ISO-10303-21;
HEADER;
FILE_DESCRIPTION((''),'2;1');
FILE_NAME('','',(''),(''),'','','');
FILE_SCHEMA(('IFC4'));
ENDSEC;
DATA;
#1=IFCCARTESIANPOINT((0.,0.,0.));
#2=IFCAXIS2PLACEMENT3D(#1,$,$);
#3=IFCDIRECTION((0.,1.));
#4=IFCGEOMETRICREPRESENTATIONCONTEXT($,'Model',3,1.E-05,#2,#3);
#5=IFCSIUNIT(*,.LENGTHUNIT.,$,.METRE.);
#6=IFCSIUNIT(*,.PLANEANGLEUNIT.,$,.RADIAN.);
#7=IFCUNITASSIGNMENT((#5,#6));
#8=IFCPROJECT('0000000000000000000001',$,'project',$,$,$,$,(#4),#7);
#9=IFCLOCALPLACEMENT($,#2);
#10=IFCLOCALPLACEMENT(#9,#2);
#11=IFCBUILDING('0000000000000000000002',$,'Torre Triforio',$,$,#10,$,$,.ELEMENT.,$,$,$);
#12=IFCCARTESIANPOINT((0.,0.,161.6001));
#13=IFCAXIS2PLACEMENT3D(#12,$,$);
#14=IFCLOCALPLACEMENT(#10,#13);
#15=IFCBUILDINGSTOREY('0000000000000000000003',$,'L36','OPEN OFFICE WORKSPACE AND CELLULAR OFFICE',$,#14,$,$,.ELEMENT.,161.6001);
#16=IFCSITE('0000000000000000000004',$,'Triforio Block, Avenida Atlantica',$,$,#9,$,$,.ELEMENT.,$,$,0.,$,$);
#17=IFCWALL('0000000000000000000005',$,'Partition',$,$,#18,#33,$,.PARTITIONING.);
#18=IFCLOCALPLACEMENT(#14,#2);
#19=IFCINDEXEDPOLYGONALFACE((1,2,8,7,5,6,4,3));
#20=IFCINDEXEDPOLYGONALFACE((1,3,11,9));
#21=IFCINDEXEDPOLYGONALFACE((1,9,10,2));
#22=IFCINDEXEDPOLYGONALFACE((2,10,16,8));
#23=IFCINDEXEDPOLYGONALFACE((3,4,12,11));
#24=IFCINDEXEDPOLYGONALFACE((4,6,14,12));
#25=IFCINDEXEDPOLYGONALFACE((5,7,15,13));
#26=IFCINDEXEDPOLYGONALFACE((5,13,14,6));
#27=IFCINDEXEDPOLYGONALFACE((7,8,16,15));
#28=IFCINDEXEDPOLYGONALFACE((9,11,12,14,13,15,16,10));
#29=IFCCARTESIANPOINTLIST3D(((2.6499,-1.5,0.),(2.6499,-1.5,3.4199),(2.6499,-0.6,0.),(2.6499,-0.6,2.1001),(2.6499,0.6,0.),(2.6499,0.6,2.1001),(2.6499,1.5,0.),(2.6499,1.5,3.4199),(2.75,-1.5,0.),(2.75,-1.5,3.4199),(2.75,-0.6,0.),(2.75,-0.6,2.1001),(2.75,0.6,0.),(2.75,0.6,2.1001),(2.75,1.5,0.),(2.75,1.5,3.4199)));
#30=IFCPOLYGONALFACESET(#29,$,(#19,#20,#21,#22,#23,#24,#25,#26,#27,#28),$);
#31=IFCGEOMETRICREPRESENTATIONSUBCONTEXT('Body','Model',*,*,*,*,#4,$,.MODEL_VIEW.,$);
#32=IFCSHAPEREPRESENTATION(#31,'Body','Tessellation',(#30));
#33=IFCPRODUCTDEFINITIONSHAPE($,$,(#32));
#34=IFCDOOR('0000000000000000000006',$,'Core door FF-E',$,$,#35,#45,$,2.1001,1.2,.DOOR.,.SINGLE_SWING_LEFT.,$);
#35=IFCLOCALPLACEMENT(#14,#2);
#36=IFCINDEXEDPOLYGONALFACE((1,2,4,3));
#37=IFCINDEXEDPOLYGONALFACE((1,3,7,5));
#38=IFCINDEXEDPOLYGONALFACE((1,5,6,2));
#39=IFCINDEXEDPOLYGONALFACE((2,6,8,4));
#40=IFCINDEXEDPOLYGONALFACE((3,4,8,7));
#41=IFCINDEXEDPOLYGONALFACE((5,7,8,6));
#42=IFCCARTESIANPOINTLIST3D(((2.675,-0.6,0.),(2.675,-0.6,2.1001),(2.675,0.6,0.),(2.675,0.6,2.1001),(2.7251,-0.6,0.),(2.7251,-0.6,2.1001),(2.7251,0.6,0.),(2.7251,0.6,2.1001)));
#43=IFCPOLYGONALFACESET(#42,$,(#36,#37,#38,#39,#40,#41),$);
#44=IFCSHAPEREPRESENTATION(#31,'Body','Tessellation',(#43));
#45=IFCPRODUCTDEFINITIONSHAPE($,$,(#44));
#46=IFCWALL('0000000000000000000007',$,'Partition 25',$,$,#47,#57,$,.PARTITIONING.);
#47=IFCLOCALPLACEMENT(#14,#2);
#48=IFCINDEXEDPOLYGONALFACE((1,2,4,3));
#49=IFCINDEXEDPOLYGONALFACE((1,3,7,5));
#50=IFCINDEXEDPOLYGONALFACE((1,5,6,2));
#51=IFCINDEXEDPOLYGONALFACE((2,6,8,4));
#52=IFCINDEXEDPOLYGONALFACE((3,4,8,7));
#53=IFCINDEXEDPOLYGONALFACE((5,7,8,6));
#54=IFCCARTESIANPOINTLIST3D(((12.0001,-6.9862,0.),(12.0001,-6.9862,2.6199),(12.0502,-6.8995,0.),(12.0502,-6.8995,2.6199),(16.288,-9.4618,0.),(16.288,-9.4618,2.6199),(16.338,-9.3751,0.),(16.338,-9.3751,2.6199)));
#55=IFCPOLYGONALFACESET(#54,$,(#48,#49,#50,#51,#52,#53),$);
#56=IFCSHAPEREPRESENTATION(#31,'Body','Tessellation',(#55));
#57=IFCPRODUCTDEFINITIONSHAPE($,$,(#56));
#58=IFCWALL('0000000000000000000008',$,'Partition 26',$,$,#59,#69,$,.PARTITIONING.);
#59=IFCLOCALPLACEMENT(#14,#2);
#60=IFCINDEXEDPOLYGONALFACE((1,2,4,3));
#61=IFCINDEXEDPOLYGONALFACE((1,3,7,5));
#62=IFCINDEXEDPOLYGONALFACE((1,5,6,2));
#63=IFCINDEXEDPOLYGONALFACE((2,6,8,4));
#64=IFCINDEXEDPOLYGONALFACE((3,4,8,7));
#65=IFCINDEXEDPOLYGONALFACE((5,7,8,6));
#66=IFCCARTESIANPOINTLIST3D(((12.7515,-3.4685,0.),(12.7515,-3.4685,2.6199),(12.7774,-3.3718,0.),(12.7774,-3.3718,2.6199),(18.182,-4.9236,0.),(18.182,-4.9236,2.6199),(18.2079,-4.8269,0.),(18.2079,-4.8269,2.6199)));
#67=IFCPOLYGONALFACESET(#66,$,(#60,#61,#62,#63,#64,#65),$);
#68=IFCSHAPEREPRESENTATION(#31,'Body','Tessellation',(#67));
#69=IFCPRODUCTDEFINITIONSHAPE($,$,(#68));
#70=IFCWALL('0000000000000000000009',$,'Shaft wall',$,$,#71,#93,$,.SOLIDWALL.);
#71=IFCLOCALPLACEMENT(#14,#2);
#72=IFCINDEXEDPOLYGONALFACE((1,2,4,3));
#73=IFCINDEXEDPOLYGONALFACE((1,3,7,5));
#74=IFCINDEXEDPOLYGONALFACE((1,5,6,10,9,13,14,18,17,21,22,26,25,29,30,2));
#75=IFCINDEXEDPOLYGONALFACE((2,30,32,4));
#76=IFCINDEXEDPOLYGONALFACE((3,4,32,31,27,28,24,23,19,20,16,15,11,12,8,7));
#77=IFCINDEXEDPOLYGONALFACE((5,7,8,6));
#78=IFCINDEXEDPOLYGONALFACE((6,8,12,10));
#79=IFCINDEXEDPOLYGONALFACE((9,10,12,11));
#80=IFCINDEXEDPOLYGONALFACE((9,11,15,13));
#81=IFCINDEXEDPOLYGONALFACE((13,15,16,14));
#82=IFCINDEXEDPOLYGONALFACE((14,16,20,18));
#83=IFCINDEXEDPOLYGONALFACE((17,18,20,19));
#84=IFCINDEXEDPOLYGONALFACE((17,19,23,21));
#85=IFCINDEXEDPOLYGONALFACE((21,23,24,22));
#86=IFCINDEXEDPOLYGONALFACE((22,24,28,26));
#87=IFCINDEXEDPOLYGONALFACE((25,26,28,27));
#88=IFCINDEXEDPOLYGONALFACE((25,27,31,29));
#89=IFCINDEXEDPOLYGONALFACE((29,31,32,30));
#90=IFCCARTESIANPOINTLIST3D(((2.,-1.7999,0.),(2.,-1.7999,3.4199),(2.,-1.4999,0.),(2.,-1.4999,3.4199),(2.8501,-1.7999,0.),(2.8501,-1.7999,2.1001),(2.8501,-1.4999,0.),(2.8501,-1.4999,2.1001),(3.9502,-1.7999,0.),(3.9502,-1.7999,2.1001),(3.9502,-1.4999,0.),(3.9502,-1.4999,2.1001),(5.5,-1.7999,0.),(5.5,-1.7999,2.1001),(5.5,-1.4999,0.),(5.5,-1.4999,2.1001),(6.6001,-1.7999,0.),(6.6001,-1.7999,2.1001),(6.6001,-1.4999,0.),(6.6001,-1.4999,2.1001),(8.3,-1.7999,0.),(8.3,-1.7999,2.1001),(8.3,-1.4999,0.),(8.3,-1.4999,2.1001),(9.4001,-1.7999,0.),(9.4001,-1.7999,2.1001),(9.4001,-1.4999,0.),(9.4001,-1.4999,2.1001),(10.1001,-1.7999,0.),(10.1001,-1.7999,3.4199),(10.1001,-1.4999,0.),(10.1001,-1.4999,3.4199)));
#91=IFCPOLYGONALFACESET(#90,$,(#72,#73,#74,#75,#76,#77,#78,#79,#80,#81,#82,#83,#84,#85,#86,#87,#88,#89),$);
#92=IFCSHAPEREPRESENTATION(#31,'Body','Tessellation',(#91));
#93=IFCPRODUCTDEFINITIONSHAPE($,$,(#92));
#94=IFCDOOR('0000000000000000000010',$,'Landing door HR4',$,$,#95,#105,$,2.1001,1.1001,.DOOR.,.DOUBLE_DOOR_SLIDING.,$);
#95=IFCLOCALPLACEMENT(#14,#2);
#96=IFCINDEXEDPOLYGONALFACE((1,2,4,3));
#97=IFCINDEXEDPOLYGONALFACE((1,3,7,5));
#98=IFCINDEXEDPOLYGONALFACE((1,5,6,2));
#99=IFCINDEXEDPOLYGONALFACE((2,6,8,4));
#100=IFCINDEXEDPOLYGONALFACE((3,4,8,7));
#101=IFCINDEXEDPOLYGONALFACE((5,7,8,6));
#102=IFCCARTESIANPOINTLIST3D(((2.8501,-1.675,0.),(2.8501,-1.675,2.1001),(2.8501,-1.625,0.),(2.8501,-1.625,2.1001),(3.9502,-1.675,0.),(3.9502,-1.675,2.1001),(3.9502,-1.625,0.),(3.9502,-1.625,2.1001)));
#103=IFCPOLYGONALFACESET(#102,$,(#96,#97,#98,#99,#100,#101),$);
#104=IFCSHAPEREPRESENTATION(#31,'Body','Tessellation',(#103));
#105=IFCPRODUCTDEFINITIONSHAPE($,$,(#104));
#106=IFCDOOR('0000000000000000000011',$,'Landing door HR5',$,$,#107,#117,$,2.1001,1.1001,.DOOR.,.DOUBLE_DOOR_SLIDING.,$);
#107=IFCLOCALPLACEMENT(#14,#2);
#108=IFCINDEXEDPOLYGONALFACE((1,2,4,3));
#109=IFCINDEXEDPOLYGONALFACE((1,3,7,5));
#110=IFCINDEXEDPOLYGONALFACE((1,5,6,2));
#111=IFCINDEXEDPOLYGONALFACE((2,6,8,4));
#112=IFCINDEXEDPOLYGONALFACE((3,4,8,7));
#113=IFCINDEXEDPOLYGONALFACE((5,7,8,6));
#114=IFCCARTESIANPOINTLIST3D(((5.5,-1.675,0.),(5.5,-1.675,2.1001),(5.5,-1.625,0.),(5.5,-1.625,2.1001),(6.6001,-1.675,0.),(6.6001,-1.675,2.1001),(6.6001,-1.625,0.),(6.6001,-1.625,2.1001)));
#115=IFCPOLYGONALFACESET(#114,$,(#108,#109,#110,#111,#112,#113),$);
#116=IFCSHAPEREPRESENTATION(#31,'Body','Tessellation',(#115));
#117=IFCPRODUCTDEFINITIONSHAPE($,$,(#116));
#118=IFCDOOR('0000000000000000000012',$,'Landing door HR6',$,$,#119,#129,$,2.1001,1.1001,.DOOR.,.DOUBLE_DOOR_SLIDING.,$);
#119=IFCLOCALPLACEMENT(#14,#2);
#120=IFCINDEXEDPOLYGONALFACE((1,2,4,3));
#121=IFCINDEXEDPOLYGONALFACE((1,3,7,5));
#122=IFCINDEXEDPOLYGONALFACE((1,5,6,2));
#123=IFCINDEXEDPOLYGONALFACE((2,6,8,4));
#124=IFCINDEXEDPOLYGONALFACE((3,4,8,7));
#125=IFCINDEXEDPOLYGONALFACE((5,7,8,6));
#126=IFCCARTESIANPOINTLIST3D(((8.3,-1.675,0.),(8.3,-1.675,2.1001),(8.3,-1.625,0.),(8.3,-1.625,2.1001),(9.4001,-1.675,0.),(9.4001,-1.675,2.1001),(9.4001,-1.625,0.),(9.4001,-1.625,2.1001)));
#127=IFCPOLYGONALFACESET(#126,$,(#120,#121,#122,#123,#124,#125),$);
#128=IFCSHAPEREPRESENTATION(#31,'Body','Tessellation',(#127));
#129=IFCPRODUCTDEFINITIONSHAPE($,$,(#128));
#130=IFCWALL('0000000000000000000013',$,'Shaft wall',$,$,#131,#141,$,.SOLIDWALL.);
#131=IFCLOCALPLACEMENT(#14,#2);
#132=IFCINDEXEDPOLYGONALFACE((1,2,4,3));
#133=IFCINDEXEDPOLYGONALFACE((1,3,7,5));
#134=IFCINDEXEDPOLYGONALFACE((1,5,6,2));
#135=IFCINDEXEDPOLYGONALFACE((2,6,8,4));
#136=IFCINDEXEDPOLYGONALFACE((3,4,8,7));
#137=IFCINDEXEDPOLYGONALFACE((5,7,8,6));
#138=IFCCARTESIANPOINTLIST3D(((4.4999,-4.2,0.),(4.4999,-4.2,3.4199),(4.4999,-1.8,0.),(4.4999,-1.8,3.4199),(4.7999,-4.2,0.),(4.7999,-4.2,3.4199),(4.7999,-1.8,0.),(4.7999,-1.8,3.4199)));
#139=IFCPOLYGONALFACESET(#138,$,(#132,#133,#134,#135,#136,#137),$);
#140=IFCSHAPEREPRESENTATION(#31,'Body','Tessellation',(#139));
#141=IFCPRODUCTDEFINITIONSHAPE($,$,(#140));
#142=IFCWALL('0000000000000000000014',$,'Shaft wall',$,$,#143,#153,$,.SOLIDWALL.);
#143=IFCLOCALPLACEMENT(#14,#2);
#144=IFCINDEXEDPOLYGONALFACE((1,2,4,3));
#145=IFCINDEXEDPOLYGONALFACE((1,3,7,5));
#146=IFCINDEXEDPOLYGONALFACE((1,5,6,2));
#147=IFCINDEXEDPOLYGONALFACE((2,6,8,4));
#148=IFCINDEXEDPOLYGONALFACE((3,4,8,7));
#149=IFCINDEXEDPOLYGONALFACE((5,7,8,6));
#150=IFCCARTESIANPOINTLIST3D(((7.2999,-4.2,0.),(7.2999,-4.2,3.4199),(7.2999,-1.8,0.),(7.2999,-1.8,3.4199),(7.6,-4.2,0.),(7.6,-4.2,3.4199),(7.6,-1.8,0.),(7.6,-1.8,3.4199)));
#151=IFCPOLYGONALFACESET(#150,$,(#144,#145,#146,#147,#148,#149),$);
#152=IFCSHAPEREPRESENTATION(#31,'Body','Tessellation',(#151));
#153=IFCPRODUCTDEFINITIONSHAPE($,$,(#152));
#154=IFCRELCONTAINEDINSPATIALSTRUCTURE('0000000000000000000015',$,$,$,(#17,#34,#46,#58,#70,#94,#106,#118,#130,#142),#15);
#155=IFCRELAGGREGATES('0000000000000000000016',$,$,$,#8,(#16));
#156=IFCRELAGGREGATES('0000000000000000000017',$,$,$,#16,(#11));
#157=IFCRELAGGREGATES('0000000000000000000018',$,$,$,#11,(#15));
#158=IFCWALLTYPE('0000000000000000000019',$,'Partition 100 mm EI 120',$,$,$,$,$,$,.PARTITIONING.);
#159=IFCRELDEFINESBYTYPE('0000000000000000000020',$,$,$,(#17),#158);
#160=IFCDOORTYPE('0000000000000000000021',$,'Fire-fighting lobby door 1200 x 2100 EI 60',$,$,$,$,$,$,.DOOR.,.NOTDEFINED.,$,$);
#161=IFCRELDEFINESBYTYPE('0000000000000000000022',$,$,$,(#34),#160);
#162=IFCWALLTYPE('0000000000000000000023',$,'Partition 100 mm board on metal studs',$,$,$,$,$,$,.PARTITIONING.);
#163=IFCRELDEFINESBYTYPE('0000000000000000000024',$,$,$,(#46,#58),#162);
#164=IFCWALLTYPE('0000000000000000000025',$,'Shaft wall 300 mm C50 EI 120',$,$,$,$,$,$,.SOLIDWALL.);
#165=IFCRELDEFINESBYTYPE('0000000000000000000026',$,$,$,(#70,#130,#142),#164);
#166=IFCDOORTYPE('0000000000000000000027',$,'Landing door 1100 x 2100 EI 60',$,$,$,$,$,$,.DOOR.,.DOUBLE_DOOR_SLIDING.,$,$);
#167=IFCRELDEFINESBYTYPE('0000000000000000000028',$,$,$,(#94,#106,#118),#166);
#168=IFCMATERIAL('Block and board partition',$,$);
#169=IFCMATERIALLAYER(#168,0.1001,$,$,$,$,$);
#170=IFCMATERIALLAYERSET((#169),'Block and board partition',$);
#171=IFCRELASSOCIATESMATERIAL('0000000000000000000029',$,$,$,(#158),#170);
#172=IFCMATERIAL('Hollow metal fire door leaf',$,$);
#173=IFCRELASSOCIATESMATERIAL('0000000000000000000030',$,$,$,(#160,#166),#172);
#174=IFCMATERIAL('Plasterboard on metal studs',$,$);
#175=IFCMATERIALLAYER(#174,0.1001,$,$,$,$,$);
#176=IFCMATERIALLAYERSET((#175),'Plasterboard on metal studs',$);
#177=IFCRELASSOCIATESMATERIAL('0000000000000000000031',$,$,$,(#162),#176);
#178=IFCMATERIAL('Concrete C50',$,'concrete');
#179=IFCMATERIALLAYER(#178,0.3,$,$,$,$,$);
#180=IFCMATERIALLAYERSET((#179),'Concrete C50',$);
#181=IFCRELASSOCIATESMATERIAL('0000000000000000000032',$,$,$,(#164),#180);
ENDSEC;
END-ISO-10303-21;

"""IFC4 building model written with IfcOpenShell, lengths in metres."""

from ifc_helpers import new_model, si_unit, direction, frame, frame_2d, origin, place, context, subcontext, project, spatial, rectangle, extrude, material, layer, layer_set, type_object, element, fill, save


model = new_model("IFC4")

# Units and contexts
model_context = context("Model", 3, precision=1e-05, world=origin(), true_north=direction((0.0, 1.0)))
body_context = subcontext(model_context, "Body", "Model", "MODEL_VIEW")
ifc_project = project(units=[si_unit("LENGTHUNIT", "METRE"), si_unit("PLANEANGLEUNIT", "RADIAN")], contexts=[model_context])

# Site, building, storey
site_placement = place(None, origin())
site = spatial("IfcSite", under=ifc_project, at=site_placement, Name="Triforio Block, Avenida Atlantica", CompositionType="ELEMENT", RefElevation=0.0)
building_placement = place(site_placement, origin())
building = spatial("IfcBuilding", under=site, at=building_placement, Name="Torre Triforio", CompositionType="ELEMENT")
storey_placement = place(building_placement, frame((0.0, 0.0, 161.6001)))
storey = spatial("IfcBuildingStorey", under=building, at=storey_placement, Name="L36", Description="OPEN OFFICE WORKSPACE AND CELLULAR OFFICE", CompositionType="ELEMENT", Elevation=161.6001)

# Shared definitions
ifc_material_1 = material(Name="Concrete C50", Category="concrete")

# Wall, opening, door
ifc_material_2 = material(Name="Hollow metal fire door leaf")
ifc_material_3 = material(Name="Plasterboard on metal studs")
ifc_material_4 = material(Name="Block and board partition")
ifc_layer_1 = layer(ifc_material_4, 0.1001)
ifc_layer_set_1 = layer_set([ifc_layer_1], Name="Block and board partition")
wall_type_1 = type_object("IfcWallType", Name="Partition 100 mm EI 120", PredefinedType="PARTITIONING", material=ifc_layer_set_1)
wall_1_placement = place(storey_placement, frame((2.7, -1.5, 0.0), z_axis=(0.0, 0.0, 1.0), x_axis=(0.0, 1.0, 0.0)))
wall_1 = element("IfcWall", 1, at=wall_1_placement, inside=storey, type_object=wall_type_1, Name="Partition", PredefinedType="PARTITIONING", context=body_context, shape_type="SweptSolid", body=[
    extrude(rectangle(XDim=3.0, YDim=0.1001, at=frame_2d((1.5, 0.0))), origin(), (0.0, 0.0, 1.0), 3.4199),
])
opening_1_placement = place(wall_1_placement, frame((0.8999, 0.0, 0.0)))
opening_1 = element("IfcOpeningElement", 2, at=opening_1_placement, cuts=wall_1, PredefinedType="OPENING", context=body_context, shape_type="SweptSolid", body=[
    extrude(rectangle(XDim=1.2, YDim=2.1001, at=frame_2d((0.6001, 1.05))), frame((0.0, 0.0601, 0.0), z_axis=(0.0, -1.0, 0.0), x_axis=(1.0, 0.0, 0.0)), (0.0, 0.0, 1.0), 0.1201),
])
door_type_1 = type_object("IfcDoorType", Name="Fire-fighting lobby door 1200 x 2100 EI 60", OperationType="NOTDEFINED", PredefinedType="DOOR", material=ifc_material_2)
door_1_placement = place(opening_1_placement, origin())
door_1 = element("IfcDoor", 3, at=door_1_placement, inside=storey, type_object=door_type_1, Name="Core door FF-E", OperationType="SINGLE_SWING_LEFT", OverallHeight=2.1001, OverallWidth=1.2, PredefinedType="DOOR", context=body_context, shape_type="SweptSolid", body=[
    extrude(rectangle(XDim=1.2, YDim=2.1001, at=frame_2d((0.6001, 1.05))), frame((0.0, 0.0249, 0.0), z_axis=(0.0, -1.0, 0.0), x_axis=(1.0, 0.0, 0.0)), (0.0, 0.0, 1.0), 0.05),
])
fill(opening_1, door_1)

# Walls
ifc_layer_2 = layer(ifc_material_3, 0.1001)
ifc_layer_set_2 = layer_set([ifc_layer_2], Name="Plasterboard on metal studs")
wall_type_2 = type_object("IfcWallType", Name="Partition 100 mm board on metal studs", PredefinedType="PARTITIONING", material=ifc_layer_set_2)
wall_2_placement = place(storey_placement, frame((12.0251, -6.9429, 0.0), z_axis=(0.0, 0.0, 1.0), x_axis=(0.866025, -0.5, 0.0)))
element("IfcWall", 4, at=wall_2_placement, inside=storey, type_object=wall_type_2, Name="Partition 25", PredefinedType="PARTITIONING", context=body_context, shape_type="SweptSolid", body=[
    extrude(rectangle(XDim=4.9512, YDim=0.1001, at=frame_2d((2.4756, 0.0))), origin(), (0.0, 0.0, 1.0), 2.6199),
])
wall_3_placement = place(storey_placement, frame((12.7644, -3.4202, 0.0), z_axis=(0.0, 0.0, 1.0), x_axis=(0.965926, -0.258819, 0.0)))
element("IfcWall", 5, at=wall_3_placement, inside=storey, type_object=wall_type_2, Name="Partition 26", PredefinedType="PARTITIONING", context=body_context, shape_type="SweptSolid", body=[
    extrude(rectangle(XDim=5.6221, YDim=0.1001, at=frame_2d((2.811, 0.0))), origin(), (0.0, 0.0, 1.0), 2.6199),
])

# Wall, openings, doors
ifc_layer_3 = layer(ifc_material_1, 0.3)
ifc_layer_set_3 = layer_set([ifc_layer_3], Name="Concrete C50")
wall_type_3 = type_object("IfcWallType", Name="Shaft wall 300 mm C50 EI 120", PredefinedType="SOLIDWALL", material=ifc_layer_set_3)
wall_4_placement = place(storey_placement, frame((2.0, -1.6499, 0.0), z_axis=(0.0, 0.0, 1.0), x_axis=(1.0, 0.0, 0.0)))
wall_4 = element("IfcWall", 6, at=wall_4_placement, inside=storey, type_object=wall_type_3, Name="Shaft wall", PredefinedType="SOLIDWALL", context=body_context, shape_type="SweptSolid", body=[
    extrude(rectangle(XDim=8.1001, YDim=0.3, at=frame_2d((4.05, 0.0))), origin(), (0.0, 0.0, 1.0), 3.4199),
])
opening_2_placement = place(wall_4_placement, frame((0.8501, 0.0, 0.0)))
opening_2 = element("IfcOpeningElement", 7, at=opening_2_placement, cuts=wall_4, PredefinedType="OPENING", context=body_context, shape_type="SweptSolid", body=[
    extrude(rectangle(XDim=1.1001, YDim=2.1001, at=frame_2d((0.55, 1.05))), frame((0.0, 0.1599, 0.0), z_axis=(0.0, -1.0, 0.0), x_axis=(1.0, 0.0, 0.0)), (0.0, 0.0, 1.0), 0.3201),
])
opening_3_placement = place(wall_4_placement, frame((3.5, 0.0, 0.0)))
opening_3 = element("IfcOpeningElement", 8, at=opening_3_placement, cuts=wall_4, PredefinedType="OPENING", context=body_context, shape_type="SweptSolid", body=[
    extrude(rectangle(XDim=1.1001, YDim=2.1001, at=frame_2d((0.55, 1.05))), frame((0.0, 0.1599, 0.0), z_axis=(0.0, -1.0, 0.0), x_axis=(1.0, 0.0, 0.0)), (0.0, 0.0, 1.0), 0.3201),
])
opening_4_placement = place(wall_4_placement, frame((6.3, 0.0, 0.0)))
opening_4 = element("IfcOpeningElement", 9, at=opening_4_placement, cuts=wall_4, PredefinedType="OPENING", context=body_context, shape_type="SweptSolid", body=[
    extrude(rectangle(XDim=1.1001, YDim=2.1001, at=frame_2d((0.55, 1.05))), frame((0.0, 0.1599, 0.0), z_axis=(0.0, -1.0, 0.0), x_axis=(1.0, 0.0, 0.0)), (0.0, 0.0, 1.0), 0.3201),
])
door_type_2 = type_object("IfcDoorType", Name="Landing door 1100 x 2100 EI 60", OperationType="DOUBLE_DOOR_SLIDING", PredefinedType="DOOR", material=ifc_material_2)
door_2_placement = place(opening_2_placement, origin())
door_2 = element("IfcDoor", 10, at=door_2_placement, inside=storey, type_object=door_type_2, Name="Landing door HR4", OperationType="DOUBLE_DOOR_SLIDING", OverallHeight=2.1001, OverallWidth=1.1001, PredefinedType="DOOR", context=body_context, shape_type="SweptSolid", body=[
    extrude(rectangle(XDim=1.1001, YDim=2.1001, at=frame_2d((0.55, 1.05))), frame((0.0, 0.0249, 0.0), z_axis=(0.0, -1.0, 0.0), x_axis=(1.0, 0.0, 0.0)), (0.0, 0.0, 1.0), 0.05),
])
fill(opening_2, door_2)
door_3_placement = place(opening_3_placement, origin())
door_3 = element("IfcDoor", 11, at=door_3_placement, inside=storey, type_object=door_type_2, Name="Landing door HR5", OperationType="DOUBLE_DOOR_SLIDING", OverallHeight=2.1001, OverallWidth=1.1001, PredefinedType="DOOR", context=body_context, shape_type="SweptSolid", body=[
    extrude(rectangle(XDim=1.1001, YDim=2.1001, at=frame_2d((0.55, 1.05))), frame((0.0, 0.0249, 0.0), z_axis=(0.0, -1.0, 0.0), x_axis=(1.0, 0.0, 0.0)), (0.0, 0.0, 1.0), 0.05),
])
fill(opening_3, door_3)
door_4_placement = place(opening_4_placement, origin())
door_4 = element("IfcDoor", 12, at=door_4_placement, inside=storey, type_object=door_type_2, Name="Landing door HR6", OperationType="DOUBLE_DOOR_SLIDING", OverallHeight=2.1001, OverallWidth=1.1001, PredefinedType="DOOR", context=body_context, shape_type="SweptSolid", body=[
    extrude(rectangle(XDim=1.1001, YDim=2.1001, at=frame_2d((0.55, 1.05))), frame((0.0, 0.0249, 0.0), z_axis=(0.0, -1.0, 0.0), x_axis=(1.0, 0.0, 0.0)), (0.0, 0.0, 1.0), 0.05),
])
fill(opening_4, door_4)

# Walls
for number, where, z_axis, x_axis, name in (
    (13, (4.6499, -4.2, 0.0), (0.0, 0.0, 1.0), (0.0, 1.0, 0.0), "Shaft wall"),
    (14, (7.45, -4.2, 0.0), (0.0, 0.0, 1.0), (0.0, 1.0, 0.0), "Shaft wall"),
):
    element("IfcWall", number, at=place(storey_placement, frame(where, z_axis=z_axis, x_axis=x_axis)), inside=storey, type_object=wall_type_3, Name=name, PredefinedType="SOLIDWALL", context=body_context, shape_type="SweptSolid", body=[
        extrude(rectangle(XDim=2.3999, YDim=0.3, at=frame_2d((1.2, 0.0))), origin(), (0.0, 0.0, 1.0), 3.4199),
    ])

save(model, "model.ifc")
